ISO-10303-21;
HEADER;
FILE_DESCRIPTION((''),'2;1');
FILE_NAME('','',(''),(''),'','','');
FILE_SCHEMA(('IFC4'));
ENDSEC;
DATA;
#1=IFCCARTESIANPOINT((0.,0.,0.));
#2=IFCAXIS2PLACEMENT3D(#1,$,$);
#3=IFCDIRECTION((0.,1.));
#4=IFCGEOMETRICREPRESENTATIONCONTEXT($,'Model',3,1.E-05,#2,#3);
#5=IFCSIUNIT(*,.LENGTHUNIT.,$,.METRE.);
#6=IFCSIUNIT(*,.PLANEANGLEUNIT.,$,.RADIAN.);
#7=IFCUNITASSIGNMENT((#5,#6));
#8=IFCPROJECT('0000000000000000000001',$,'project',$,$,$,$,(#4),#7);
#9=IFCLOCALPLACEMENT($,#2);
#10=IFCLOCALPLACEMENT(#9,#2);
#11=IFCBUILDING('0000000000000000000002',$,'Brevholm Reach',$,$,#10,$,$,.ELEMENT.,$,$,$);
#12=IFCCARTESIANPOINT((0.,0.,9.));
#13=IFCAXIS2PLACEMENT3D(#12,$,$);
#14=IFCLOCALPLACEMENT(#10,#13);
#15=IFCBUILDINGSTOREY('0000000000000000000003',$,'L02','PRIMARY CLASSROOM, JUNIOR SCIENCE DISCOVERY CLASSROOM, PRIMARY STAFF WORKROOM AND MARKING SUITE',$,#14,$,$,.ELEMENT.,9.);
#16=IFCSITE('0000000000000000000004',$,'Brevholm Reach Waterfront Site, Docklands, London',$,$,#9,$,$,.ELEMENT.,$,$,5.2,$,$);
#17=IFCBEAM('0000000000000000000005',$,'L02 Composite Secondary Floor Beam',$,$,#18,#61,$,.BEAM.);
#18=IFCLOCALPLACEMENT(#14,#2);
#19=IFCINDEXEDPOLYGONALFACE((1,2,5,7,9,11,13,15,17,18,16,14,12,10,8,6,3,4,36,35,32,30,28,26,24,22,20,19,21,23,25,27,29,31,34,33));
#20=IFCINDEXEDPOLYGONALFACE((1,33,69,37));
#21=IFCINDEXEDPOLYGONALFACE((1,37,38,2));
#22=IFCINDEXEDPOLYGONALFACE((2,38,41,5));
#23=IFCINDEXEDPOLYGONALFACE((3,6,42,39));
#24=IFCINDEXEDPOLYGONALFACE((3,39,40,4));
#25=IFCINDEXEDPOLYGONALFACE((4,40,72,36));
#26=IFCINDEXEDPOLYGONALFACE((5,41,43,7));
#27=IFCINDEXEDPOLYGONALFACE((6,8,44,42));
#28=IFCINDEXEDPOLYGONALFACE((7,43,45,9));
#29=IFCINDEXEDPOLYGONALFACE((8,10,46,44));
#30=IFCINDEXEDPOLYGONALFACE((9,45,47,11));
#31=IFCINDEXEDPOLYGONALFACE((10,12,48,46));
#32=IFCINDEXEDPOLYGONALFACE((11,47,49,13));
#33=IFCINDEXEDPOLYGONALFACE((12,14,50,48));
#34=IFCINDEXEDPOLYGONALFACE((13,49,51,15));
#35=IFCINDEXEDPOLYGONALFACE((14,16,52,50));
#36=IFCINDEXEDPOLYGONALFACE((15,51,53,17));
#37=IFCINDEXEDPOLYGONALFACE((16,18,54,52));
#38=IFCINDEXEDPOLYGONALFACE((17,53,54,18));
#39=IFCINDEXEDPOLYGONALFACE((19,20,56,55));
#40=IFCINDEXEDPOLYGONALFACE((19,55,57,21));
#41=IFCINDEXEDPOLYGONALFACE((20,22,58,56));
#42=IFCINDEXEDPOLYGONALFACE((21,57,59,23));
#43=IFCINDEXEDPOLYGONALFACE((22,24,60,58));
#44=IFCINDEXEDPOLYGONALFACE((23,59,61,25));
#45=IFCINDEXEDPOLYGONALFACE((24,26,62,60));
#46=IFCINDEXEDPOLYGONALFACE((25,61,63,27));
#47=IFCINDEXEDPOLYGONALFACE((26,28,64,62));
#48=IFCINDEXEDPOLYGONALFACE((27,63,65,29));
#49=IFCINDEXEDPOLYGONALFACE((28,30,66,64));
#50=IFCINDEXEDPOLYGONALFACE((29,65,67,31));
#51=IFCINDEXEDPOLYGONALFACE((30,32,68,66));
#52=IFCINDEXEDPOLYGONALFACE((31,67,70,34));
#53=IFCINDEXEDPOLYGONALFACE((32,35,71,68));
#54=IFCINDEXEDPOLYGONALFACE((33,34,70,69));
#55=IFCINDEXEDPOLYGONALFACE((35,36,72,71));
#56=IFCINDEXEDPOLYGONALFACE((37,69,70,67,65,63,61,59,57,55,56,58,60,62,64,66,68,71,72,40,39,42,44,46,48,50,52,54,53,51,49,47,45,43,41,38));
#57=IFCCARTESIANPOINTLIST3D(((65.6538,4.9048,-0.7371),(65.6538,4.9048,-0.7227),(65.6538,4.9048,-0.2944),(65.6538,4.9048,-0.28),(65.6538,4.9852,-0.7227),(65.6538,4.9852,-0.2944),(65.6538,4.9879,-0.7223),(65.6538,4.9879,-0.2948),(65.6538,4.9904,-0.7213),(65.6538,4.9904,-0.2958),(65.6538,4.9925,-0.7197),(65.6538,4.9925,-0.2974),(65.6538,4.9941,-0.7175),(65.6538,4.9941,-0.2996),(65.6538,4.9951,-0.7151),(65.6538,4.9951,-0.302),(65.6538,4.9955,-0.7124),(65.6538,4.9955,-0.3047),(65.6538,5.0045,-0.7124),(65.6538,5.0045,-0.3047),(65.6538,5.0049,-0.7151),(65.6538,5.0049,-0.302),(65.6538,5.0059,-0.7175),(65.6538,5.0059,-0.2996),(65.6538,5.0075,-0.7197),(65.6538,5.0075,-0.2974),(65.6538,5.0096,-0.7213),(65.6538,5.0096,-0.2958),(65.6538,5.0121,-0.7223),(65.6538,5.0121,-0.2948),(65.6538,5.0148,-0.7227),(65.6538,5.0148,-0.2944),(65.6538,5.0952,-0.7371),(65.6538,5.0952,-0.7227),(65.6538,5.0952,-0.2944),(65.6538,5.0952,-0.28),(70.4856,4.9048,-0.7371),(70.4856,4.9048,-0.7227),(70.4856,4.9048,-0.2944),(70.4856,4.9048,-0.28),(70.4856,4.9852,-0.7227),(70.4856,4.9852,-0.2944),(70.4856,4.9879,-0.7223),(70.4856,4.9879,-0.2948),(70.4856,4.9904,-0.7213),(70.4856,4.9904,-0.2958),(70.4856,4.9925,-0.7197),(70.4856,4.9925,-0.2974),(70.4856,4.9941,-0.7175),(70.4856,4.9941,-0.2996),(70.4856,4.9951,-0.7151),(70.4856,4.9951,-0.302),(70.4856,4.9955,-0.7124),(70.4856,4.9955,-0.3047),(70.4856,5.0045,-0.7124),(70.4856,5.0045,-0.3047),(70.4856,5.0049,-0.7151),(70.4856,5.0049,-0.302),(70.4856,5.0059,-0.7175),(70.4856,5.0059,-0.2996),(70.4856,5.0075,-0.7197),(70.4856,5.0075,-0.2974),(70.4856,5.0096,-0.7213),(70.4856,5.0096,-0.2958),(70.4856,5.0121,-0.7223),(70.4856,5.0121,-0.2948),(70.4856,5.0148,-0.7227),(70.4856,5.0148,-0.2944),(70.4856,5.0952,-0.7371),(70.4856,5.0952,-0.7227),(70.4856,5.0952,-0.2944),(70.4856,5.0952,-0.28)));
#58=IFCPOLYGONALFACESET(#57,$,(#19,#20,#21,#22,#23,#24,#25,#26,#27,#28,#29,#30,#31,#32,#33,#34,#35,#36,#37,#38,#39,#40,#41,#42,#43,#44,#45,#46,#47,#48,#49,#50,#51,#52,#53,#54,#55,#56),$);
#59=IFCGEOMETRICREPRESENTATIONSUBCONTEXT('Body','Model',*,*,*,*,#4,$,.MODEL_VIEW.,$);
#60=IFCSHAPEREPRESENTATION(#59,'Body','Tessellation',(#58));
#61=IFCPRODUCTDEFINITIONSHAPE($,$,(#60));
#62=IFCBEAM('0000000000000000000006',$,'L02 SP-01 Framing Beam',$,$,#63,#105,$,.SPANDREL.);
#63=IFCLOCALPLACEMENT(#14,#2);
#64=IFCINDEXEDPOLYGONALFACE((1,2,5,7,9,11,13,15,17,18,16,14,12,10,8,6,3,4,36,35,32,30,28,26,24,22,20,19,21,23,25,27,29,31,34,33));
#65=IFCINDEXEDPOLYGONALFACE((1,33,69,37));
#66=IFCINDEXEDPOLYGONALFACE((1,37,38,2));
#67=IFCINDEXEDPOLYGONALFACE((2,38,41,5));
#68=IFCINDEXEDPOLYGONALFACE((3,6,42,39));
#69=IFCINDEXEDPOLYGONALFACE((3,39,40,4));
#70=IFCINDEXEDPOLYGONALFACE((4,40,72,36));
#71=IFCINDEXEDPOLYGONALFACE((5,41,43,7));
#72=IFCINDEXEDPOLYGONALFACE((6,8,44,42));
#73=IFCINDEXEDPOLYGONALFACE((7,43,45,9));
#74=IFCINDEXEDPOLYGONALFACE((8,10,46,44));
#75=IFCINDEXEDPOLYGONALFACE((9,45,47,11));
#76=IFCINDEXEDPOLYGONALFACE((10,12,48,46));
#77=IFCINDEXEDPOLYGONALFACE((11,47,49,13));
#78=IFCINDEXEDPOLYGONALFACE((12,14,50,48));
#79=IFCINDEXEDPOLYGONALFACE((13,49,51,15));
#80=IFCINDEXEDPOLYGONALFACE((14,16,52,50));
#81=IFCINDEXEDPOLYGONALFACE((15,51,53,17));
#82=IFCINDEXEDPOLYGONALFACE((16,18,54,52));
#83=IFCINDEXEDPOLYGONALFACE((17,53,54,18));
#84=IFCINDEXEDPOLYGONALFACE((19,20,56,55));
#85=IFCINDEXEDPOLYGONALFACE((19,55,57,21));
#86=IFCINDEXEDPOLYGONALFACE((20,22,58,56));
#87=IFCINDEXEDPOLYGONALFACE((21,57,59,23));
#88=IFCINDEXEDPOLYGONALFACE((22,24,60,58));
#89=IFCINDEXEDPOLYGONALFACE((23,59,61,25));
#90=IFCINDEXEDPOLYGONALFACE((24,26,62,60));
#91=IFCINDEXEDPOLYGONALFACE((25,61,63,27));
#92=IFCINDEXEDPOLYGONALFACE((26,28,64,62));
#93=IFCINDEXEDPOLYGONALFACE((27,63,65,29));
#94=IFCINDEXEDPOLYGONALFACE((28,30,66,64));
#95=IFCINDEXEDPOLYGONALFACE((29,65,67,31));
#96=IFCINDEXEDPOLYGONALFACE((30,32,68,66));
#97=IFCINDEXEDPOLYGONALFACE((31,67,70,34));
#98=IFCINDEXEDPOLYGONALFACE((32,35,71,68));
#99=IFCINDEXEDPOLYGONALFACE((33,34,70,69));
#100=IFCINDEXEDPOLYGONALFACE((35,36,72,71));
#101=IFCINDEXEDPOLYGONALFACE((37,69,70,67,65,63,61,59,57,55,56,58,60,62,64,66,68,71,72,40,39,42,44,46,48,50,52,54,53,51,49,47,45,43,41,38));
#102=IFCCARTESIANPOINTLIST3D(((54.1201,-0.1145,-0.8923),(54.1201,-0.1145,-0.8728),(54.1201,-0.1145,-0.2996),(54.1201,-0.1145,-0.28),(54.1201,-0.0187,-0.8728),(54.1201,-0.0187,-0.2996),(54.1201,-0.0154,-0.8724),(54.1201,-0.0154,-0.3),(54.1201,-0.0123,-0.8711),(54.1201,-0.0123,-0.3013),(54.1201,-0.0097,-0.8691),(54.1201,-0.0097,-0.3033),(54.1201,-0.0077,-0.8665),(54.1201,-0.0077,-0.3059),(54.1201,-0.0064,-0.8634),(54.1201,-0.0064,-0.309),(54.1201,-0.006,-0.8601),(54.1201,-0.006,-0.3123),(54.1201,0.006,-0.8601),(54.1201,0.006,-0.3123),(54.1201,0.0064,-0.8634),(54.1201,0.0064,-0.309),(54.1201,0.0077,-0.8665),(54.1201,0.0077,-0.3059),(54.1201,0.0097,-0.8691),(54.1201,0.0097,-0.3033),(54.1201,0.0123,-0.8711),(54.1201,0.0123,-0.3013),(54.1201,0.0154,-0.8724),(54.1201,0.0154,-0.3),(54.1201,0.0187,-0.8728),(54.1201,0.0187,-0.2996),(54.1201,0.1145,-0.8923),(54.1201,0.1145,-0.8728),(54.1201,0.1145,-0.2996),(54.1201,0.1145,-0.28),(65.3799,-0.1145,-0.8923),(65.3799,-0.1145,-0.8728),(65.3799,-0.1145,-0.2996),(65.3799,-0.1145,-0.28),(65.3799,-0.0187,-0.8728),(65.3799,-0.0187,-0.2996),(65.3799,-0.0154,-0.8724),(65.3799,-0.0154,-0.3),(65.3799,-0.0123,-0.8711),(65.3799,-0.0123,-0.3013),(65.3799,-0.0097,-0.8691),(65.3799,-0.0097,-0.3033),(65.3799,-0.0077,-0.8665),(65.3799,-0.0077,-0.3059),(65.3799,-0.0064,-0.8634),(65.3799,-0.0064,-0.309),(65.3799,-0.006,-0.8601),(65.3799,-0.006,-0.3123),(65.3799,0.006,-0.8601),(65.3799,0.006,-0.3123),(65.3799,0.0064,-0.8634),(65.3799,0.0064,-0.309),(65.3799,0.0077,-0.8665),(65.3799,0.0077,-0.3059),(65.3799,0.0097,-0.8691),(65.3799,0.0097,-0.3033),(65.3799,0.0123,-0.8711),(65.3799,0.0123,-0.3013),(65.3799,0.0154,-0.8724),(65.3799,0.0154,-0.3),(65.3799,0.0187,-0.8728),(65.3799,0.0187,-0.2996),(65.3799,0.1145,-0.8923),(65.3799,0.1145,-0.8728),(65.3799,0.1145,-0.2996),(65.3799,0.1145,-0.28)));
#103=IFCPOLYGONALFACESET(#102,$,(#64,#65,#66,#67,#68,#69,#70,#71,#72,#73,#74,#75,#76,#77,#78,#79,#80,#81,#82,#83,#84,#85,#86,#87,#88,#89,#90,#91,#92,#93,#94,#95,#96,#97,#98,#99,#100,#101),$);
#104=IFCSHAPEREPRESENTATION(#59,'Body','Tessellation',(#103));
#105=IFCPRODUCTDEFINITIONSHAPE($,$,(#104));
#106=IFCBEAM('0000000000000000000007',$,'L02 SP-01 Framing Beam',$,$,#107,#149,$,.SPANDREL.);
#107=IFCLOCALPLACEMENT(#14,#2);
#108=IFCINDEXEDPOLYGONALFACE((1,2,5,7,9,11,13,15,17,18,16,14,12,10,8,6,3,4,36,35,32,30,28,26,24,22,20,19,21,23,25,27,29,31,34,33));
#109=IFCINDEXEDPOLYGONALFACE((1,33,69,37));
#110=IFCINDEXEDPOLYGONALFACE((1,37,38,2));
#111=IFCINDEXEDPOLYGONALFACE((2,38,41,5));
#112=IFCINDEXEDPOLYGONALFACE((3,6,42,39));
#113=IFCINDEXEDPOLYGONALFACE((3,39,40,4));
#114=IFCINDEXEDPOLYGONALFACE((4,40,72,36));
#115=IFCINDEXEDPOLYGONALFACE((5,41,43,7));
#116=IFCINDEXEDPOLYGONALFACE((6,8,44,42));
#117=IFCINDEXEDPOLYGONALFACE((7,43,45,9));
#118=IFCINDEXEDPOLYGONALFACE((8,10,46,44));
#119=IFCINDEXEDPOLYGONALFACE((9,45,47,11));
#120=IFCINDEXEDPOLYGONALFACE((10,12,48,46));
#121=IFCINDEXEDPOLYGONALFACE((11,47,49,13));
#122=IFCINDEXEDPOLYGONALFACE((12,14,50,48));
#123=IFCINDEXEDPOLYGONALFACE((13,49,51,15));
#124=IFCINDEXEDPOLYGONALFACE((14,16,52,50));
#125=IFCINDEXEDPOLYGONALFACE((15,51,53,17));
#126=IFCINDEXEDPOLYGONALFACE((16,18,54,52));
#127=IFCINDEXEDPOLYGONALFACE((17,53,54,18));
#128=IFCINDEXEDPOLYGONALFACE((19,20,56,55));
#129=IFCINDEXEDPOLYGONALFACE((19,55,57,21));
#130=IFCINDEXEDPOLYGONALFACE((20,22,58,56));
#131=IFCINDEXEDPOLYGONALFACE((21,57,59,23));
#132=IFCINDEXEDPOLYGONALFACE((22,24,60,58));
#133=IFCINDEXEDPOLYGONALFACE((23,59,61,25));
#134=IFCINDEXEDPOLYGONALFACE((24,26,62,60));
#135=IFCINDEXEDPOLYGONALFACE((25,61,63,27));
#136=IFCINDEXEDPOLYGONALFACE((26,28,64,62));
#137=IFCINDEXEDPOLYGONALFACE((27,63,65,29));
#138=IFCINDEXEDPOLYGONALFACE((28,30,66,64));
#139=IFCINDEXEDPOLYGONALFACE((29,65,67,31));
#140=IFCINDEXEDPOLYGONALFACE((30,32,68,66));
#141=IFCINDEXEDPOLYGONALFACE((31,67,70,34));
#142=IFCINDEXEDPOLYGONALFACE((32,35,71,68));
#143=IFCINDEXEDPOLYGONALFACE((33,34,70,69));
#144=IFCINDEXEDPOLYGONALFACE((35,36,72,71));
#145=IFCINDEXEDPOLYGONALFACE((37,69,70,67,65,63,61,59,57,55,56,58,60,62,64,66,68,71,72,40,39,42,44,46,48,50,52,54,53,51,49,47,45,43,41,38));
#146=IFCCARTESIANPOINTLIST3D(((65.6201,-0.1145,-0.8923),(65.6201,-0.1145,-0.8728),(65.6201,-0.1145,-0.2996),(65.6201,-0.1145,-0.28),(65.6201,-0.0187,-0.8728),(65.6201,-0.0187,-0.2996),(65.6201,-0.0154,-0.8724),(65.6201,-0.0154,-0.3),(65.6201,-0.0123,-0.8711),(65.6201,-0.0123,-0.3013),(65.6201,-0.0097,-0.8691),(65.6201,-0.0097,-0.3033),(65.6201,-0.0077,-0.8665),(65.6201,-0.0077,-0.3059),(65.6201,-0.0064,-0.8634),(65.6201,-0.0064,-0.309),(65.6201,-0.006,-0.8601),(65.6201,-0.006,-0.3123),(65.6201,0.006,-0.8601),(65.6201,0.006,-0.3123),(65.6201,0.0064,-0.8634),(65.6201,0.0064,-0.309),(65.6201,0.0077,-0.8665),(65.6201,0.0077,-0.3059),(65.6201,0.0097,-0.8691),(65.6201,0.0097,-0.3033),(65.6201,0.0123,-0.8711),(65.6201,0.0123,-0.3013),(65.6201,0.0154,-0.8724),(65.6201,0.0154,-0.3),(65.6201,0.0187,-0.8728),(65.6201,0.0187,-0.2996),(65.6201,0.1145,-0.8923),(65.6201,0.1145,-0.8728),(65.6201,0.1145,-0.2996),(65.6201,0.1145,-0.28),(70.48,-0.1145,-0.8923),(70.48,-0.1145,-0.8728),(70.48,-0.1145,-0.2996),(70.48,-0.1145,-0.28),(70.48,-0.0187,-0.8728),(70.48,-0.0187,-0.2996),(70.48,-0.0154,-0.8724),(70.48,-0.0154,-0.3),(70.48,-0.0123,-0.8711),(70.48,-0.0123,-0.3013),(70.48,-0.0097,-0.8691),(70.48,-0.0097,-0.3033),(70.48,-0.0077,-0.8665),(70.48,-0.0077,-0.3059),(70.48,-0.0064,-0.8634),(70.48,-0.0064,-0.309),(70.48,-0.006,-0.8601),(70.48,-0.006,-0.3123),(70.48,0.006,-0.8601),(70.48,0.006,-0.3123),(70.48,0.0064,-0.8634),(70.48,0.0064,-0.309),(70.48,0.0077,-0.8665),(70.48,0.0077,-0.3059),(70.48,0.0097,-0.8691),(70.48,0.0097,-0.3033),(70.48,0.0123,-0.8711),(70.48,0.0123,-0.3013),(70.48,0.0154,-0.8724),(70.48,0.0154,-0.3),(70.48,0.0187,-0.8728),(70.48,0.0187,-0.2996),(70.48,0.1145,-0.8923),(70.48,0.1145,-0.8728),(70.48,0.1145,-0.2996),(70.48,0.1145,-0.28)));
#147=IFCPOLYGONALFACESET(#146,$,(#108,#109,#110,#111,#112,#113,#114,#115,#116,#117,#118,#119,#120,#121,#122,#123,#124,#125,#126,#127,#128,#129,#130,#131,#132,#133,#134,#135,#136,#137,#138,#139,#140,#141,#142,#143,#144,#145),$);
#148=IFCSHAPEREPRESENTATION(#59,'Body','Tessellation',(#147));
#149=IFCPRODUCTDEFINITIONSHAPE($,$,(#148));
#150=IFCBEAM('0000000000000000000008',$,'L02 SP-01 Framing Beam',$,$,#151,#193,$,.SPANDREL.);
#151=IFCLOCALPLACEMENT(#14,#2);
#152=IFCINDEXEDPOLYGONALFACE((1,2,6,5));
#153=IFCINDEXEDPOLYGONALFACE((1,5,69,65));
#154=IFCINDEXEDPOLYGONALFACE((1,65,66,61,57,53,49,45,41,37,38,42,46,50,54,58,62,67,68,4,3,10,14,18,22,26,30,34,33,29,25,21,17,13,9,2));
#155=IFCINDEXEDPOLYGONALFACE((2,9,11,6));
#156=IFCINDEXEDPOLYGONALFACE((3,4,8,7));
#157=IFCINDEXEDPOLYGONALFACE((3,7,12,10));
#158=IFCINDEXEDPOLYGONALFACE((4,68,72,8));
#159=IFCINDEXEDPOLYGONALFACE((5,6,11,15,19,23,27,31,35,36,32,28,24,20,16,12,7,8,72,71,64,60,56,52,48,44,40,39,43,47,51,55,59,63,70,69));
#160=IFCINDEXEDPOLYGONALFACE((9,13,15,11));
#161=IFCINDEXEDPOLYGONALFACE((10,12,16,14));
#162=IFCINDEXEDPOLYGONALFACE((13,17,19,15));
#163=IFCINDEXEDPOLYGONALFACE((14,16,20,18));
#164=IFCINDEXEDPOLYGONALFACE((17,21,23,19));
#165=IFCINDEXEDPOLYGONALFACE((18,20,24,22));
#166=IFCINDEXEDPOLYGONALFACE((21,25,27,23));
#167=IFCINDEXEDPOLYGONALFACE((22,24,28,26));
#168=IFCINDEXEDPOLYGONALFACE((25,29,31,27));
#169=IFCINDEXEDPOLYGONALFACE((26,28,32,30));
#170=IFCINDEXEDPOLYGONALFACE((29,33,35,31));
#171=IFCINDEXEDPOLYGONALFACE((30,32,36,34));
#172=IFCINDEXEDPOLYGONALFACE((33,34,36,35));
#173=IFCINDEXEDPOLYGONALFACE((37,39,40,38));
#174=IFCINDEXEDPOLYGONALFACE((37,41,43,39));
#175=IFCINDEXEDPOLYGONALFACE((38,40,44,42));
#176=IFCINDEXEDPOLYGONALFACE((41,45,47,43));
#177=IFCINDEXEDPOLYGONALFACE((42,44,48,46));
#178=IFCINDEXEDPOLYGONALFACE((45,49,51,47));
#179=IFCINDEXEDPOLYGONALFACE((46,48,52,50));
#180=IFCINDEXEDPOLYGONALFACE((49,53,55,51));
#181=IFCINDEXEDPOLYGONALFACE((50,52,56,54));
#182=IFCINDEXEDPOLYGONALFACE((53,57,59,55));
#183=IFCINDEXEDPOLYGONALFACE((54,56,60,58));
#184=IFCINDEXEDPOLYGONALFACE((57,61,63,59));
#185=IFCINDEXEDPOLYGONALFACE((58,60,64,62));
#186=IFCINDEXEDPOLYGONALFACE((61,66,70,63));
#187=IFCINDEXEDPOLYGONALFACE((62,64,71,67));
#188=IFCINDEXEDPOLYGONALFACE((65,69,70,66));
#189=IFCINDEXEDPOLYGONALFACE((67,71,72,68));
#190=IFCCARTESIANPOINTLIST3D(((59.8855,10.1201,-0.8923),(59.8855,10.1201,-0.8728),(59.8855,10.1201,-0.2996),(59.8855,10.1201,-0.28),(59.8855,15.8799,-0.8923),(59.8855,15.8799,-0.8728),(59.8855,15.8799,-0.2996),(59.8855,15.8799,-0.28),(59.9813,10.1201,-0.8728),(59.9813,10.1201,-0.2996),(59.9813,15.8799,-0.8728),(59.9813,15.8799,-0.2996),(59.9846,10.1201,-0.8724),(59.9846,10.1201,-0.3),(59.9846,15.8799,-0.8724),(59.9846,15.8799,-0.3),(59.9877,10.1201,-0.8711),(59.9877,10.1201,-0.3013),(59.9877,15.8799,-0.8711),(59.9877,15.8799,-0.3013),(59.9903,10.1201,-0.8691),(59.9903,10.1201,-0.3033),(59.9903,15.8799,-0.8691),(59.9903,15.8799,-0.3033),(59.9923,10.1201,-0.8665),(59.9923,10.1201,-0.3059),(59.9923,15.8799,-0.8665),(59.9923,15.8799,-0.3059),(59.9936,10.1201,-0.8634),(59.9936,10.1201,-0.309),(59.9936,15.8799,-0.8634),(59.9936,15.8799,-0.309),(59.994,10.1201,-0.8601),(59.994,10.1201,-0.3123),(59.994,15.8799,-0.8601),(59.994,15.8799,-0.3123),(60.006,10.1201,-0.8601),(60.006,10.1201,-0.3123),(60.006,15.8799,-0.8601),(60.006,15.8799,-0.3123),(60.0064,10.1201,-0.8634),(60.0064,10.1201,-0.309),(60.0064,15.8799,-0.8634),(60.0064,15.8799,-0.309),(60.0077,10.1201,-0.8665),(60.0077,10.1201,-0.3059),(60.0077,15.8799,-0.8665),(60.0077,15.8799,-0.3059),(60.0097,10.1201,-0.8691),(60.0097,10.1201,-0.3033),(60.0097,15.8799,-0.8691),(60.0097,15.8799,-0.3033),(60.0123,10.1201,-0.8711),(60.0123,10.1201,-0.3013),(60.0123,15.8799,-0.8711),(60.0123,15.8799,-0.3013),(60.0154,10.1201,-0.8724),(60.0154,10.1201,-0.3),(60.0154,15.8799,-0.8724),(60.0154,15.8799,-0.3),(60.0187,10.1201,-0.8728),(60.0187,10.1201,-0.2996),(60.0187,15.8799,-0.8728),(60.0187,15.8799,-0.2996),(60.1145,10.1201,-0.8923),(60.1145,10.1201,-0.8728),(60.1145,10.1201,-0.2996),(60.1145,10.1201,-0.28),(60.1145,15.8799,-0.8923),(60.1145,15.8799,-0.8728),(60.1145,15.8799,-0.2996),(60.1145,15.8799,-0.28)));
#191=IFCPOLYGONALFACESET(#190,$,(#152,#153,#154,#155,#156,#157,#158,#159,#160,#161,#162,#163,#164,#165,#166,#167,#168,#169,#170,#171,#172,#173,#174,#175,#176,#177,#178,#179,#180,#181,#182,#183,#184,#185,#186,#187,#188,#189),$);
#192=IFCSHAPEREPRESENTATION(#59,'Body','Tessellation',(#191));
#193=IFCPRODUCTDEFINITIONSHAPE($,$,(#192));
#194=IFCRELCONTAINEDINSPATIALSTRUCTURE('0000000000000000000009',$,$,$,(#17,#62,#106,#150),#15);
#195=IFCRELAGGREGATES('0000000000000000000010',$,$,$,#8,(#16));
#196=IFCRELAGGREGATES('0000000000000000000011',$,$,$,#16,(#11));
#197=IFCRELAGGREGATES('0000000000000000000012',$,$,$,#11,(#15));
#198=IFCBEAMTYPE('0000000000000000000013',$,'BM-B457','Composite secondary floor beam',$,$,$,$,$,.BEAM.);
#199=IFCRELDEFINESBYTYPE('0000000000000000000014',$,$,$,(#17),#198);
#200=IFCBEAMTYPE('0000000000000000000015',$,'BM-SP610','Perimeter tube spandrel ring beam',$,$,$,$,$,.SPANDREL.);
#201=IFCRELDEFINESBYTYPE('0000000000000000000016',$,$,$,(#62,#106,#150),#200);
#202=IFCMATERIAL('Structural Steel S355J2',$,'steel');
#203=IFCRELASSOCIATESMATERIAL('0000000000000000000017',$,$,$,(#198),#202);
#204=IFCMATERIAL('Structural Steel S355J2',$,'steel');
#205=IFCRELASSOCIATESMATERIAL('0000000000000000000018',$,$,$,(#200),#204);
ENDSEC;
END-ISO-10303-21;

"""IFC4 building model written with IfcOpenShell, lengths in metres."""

from ifc_helpers import new_model, si_unit, direction, frame, origin, origin_2d, place, context, subcontext, project, spatial, i_section, extrude, material, material_profile, profile_set, type_object, element, save


model = new_model("IFC4")

# Units and contexts
model_context = context("Model", 3, precision=1e-05, world=origin(), true_north=direction((0.0, 1.0)))
body_context = subcontext(model_context, "Body", "Model", "MODEL_VIEW")
ifc_project = project(units=[si_unit("LENGTHUNIT", "METRE"), si_unit("PLANEANGLEUNIT", "RADIAN")], contexts=[model_context])

# Site, building, storey
site_placement = place(None, origin())
site = spatial("IfcSite", under=ifc_project, at=site_placement, Name="Brevholm Reach Waterfront Site, Docklands, London", CompositionType="ELEMENT", RefElevation=5.2)
building_placement = place(site_placement, origin())
building = spatial("IfcBuilding", under=site, at=building_placement, Name="Brevholm Reach", CompositionType="ELEMENT")
storey_placement = place(building_placement, frame((0.0, 0.0, 9.0)))
storey = spatial("IfcBuildingStorey", under=building, at=storey_placement, Name="L02", Description="PRIMARY CLASSROOM, JUNIOR SCIENCE DISCOVERY CLASSROOM, PRIMARY STAFF WORKROOM AND MARKING SUITE", CompositionType="ELEMENT", Elevation=9.0)

# Beams
ifc_material_1 = material(Name="Structural Steel S355J2", Category="steel")
ifc_material_profile_1 = material_profile(ifc_material_1, i_section(OverallWidth=0.1904, OverallDepth=0.457, WebThickness=0.009, FlangeThickness=0.0144, FilletRadius=0.0103, at=origin_2d()), Name="UKB 457x191x74")
ifc_profile_set_1 = profile_set([ifc_material_profile_1], Name="Structural Steel S355J2")
beam_type_1 = type_object("IfcBeamType", Name="BM-B457", Description="Composite secondary floor beam", PredefinedType="BEAM", material=ifc_profile_set_1)
beam_1_placement = place(storey_placement, frame((65.6538, 5.0, -0.5085), z_axis=(1.0, 0.0, 0.0), x_axis=(0.0, 1.0, 0.0)))
element("IfcBeam", 1, at=beam_1_placement, inside=storey, type_object=beam_type_1, Name="L02 Composite Secondary Floor Beam", PredefinedType="BEAM", context=body_context, shape_type="SweptSolid", body=[
    extrude(i_section(OverallWidth=0.1904, OverallDepth=0.457, WebThickness=0.009, FlangeThickness=0.0144, FilletRadius=0.0103, at=origin_2d()), origin(), (0.0, 0.0, 1.0), 4.8318),
])
ifc_material_2 = material(Name="Structural Steel S355J2", Category="steel")
ifc_material_profile_2 = material_profile(ifc_material_2, i_section(OverallWidth=0.229, OverallDepth=0.6123, WebThickness=0.012, FlangeThickness=0.0195, FilletRadius=0.0127, at=origin_2d()), Name="UKB 610x229x125")
ifc_profile_set_2 = profile_set([ifc_material_profile_2], Name="Structural Steel S355J2")
beam_type_2 = type_object("IfcBeamType", Name="BM-SP610", Description="Perimeter tube spandrel ring beam", PredefinedType="SPANDREL", material=ifc_profile_set_2)
beam_2_placement = place(storey_placement, frame((54.1201, 0.0, -0.5862), z_axis=(1.0, 0.0, 0.0), x_axis=(0.0, 1.0, 0.0)))
element("IfcBeam", 2, at=beam_2_placement, inside=storey, type_object=beam_type_2, Name="L02 SP-01 Framing Beam", PredefinedType="SPANDREL", context=body_context, shape_type="SweptSolid", body=[
    extrude(i_section(OverallWidth=0.229, OverallDepth=0.6123, WebThickness=0.012, FlangeThickness=0.0195, FilletRadius=0.0127, at=origin_2d()), origin(), (0.0, 0.0, 1.0), 11.2598),
])
beam_3_placement = place(storey_placement, frame((65.6201, 0.0, -0.5862), z_axis=(1.0, 0.0, 0.0), x_axis=(0.0, 1.0, 0.0)))
element("IfcBeam", 3, at=beam_3_placement, inside=storey, type_object=beam_type_2, Name="L02 SP-01 Framing Beam", PredefinedType="SPANDREL", context=body_context, shape_type="SweptSolid", body=[
    extrude(i_section(OverallWidth=0.229, OverallDepth=0.6123, WebThickness=0.012, FlangeThickness=0.0195, FilletRadius=0.0127, at=origin_2d()), origin(), (0.0, 0.0, 1.0), 4.8599),
])
beam_4_placement = place(storey_placement, frame((60.0, 10.1201, -0.5862), z_axis=(0.0, 1.0, 0.0), x_axis=(-1.0, 0.0, 0.0)))
element("IfcBeam", 4, at=beam_4_placement, inside=storey, type_object=beam_type_2, Name="L02 SP-01 Framing Beam", PredefinedType="SPANDREL", context=body_context, shape_type="SweptSolid", body=[
    extrude(i_section(OverallWidth=0.229, OverallDepth=0.6123, WebThickness=0.012, FlangeThickness=0.0195, FilletRadius=0.0127, at=origin_2d()), origin(), (0.0, 0.0, 1.0), 5.7598),
])

save(model, "model.ifc")
